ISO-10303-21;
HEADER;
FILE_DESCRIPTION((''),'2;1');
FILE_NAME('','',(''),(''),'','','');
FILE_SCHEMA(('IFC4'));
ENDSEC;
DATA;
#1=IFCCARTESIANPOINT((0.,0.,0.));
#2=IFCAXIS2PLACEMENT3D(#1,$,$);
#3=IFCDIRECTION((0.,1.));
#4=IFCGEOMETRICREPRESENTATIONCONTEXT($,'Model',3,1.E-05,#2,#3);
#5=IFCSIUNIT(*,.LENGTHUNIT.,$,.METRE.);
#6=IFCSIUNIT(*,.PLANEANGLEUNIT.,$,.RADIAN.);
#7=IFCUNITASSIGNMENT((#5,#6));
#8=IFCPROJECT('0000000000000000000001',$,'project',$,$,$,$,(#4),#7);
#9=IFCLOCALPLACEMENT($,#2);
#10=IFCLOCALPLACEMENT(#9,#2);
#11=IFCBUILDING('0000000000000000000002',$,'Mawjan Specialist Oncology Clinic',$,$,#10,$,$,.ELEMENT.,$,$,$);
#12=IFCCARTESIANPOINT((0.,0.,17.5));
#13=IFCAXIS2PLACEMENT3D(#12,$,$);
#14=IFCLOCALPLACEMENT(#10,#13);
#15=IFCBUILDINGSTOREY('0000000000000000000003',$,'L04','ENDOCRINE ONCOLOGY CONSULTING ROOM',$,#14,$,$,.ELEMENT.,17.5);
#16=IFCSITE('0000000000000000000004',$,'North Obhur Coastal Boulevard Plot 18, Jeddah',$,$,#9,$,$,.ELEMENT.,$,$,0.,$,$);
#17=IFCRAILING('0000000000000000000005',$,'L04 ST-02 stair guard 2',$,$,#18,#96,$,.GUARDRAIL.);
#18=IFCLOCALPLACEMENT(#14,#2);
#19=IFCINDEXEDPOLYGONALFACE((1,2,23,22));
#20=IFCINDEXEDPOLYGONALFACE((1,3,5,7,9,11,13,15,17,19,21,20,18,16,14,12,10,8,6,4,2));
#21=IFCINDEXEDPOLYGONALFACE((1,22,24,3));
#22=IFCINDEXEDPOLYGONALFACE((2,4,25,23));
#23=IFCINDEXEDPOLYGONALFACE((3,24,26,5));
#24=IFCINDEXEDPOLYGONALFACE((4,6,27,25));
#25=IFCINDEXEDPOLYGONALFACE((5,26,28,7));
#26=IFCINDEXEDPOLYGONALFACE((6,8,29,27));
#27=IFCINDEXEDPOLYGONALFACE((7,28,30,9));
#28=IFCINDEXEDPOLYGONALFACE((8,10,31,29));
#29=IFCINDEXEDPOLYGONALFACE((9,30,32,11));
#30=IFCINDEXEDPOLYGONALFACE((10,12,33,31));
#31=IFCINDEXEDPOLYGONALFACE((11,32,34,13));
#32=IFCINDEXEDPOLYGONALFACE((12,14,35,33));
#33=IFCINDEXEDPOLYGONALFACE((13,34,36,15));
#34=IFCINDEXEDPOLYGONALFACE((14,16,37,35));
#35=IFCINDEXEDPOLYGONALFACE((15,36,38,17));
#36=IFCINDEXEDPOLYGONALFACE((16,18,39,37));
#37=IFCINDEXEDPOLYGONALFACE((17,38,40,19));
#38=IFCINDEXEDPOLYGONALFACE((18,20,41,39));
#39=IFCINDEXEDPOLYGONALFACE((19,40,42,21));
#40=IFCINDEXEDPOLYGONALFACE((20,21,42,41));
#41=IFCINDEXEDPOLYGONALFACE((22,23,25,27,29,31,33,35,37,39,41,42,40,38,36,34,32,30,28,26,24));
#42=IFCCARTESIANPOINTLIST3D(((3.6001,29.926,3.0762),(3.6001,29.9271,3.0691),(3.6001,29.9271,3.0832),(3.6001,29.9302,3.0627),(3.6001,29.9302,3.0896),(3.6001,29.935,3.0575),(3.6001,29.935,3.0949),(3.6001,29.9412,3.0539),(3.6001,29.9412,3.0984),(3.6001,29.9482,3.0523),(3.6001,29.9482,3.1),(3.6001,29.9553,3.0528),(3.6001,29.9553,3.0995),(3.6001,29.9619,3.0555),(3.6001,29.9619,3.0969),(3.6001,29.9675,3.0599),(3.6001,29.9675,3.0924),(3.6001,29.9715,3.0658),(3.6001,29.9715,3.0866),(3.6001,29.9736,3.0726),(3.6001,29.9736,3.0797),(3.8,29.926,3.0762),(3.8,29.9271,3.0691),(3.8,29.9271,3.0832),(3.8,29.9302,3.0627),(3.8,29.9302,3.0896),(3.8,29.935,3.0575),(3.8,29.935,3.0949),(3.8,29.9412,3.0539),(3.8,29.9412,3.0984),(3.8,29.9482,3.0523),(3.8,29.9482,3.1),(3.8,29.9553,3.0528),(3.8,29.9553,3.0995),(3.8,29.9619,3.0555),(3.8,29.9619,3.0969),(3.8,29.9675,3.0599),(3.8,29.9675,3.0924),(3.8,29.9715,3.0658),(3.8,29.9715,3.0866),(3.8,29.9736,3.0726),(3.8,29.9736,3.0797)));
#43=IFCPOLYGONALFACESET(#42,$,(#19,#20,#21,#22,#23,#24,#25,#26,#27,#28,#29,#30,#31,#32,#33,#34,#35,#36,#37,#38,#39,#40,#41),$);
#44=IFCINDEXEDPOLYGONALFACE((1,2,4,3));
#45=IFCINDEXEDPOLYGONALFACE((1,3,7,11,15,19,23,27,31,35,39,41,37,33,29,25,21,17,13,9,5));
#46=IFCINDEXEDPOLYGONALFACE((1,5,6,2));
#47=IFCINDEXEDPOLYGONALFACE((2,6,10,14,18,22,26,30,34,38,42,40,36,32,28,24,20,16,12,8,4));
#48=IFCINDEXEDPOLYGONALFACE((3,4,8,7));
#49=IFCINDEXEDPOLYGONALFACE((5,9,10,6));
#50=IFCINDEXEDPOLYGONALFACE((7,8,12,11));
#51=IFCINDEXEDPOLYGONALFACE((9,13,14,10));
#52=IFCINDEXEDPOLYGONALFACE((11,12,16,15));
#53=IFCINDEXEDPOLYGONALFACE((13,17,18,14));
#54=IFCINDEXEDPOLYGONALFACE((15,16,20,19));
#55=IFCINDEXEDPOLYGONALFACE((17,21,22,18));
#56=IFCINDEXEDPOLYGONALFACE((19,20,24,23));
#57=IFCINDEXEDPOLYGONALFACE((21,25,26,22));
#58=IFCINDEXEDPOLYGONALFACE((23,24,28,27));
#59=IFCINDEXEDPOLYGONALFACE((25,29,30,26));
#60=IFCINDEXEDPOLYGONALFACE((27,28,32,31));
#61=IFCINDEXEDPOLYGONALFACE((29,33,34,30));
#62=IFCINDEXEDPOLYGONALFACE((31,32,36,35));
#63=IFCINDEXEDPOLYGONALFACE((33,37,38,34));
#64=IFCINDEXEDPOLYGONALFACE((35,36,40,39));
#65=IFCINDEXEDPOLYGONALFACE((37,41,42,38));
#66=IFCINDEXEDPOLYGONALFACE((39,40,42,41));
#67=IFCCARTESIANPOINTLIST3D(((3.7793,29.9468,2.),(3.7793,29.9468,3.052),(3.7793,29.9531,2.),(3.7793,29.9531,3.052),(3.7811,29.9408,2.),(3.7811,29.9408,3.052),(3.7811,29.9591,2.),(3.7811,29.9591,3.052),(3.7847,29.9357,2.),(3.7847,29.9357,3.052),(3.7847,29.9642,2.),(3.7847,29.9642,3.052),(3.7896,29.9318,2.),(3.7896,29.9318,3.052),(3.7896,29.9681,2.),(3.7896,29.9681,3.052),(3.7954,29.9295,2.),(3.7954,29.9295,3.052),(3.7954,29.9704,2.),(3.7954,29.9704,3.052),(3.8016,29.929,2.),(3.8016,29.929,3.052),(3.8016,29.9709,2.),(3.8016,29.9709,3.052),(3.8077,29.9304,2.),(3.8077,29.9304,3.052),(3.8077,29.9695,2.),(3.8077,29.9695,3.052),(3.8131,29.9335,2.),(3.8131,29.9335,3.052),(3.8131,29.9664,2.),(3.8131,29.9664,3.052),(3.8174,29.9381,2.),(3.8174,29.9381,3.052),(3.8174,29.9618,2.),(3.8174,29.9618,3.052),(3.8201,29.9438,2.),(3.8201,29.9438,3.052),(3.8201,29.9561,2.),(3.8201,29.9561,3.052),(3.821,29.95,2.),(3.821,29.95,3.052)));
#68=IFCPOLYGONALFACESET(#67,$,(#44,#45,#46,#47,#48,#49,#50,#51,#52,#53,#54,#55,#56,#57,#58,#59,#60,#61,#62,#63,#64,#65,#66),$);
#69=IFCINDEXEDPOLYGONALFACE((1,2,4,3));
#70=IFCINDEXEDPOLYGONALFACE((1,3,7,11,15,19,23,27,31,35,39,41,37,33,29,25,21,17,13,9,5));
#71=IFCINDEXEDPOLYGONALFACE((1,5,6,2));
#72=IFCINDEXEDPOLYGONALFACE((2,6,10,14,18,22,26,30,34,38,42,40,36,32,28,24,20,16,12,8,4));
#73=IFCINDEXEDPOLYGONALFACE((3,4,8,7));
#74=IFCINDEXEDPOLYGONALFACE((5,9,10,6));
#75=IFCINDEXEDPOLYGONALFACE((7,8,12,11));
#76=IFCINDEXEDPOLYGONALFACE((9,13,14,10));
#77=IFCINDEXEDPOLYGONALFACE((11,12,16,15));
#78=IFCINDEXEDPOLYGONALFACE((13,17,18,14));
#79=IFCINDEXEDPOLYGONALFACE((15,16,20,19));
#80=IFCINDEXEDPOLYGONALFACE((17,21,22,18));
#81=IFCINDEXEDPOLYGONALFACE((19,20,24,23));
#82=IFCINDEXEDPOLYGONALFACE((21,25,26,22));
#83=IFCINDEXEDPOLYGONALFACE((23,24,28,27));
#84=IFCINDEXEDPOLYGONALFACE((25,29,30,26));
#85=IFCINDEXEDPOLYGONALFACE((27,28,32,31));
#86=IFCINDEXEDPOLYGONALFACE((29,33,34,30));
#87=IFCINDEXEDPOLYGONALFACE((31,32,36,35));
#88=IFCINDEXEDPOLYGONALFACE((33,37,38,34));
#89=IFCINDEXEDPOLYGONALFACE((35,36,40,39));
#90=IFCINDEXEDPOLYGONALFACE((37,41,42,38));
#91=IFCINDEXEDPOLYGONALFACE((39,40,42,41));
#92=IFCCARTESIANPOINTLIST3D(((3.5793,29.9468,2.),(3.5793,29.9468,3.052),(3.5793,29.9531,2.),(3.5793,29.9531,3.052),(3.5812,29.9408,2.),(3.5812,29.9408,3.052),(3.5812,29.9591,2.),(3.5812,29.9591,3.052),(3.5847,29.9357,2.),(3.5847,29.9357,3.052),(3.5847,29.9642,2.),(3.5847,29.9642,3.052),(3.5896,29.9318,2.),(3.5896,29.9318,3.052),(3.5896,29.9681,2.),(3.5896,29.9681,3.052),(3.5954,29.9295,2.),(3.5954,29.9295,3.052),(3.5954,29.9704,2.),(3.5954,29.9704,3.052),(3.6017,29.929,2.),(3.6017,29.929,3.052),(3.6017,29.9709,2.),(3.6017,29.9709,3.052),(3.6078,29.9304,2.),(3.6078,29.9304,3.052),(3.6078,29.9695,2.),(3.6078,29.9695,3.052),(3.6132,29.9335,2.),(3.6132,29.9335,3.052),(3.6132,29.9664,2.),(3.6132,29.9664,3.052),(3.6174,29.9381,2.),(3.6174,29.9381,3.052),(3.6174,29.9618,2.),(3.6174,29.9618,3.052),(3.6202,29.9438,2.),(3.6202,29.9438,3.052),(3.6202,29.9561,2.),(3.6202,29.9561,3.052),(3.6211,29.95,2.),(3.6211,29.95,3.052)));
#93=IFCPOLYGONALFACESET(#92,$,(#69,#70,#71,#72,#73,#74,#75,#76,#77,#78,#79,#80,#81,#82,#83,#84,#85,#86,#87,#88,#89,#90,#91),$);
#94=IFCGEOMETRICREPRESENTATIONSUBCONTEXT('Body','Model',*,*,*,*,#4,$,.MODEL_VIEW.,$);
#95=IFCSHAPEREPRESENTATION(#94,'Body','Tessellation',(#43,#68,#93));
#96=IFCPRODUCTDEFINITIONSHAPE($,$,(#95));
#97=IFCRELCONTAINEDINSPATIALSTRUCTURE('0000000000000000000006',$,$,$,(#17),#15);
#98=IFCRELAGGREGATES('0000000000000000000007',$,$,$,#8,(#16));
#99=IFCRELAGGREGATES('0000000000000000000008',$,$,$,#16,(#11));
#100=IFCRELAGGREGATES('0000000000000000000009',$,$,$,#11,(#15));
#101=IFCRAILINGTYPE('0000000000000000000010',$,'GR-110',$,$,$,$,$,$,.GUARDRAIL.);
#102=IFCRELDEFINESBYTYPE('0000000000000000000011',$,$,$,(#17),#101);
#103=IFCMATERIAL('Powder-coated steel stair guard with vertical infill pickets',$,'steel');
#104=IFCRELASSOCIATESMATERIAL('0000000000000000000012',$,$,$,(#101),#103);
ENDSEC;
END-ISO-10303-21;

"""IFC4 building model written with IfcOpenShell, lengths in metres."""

from ifc_helpers import new_model, si_unit, direction, frame, origin, origin_2d, place, context, subcontext, project, spatial, circle, extrude, material, type_object, element, save


model = new_model("IFC4")

# Units and contexts
model_context = context("Model", 3, precision=1e-05, world=origin(), true_north=direction((0.0, 1.0)))
body_context = subcontext(model_context, "Body", "Model", "MODEL_VIEW")
ifc_project = project(units=[si_unit("LENGTHUNIT", "METRE"), si_unit("PLANEANGLEUNIT", "RADIAN")], contexts=[model_context])

# Site, building, storey
site_placement = place(None, origin())
site = spatial("IfcSite", under=ifc_project, at=site_placement, Name="North Obhur Coastal Boulevard Plot 18, Jeddah", CompositionType="ELEMENT", RefElevation=0.0)
building_placement = place(site_placement, origin())
building = spatial("IfcBuilding", under=site, at=building_placement, Name="Mawjan Specialist Oncology Clinic", CompositionType="ELEMENT")
storey_placement = place(building_placement, frame((0.0, 0.0, 17.5)))
storey = spatial("IfcBuildingStorey", under=building, at=storey_placement, Name="L04", Description="ENDOCRINE ONCOLOGY CONSULTING ROOM", CompositionType="ELEMENT", Elevation=17.5)

# Railing
ifc_material_1 = material(Name="Powder-coated steel stair guard with vertical infill pickets", Category="steel")
railing_type_1 = type_object("IfcRailingType", Name="GR-110", PredefinedType="GUARDRAIL", material=ifc_material_1)
railing_1_placement = place(storey_placement, frame((3.8, 29.95, 2.0)))
element("IfcRailing", 1, at=railing_1_placement, inside=storey, type_object=railing_type_1, Name="L04 ST-02 stair guard 2", PredefinedType="GUARDRAIL", context=body_context, shape_type="SweptSolid", body=[
    extrude(circle(Radius=0.0239, at=origin_2d()), frame((0.0, 0.0, 1.0762), z_axis=(-1.0, 0.0, 0.0), x_axis=(0.0, -1.0, 0.0)), (0.0, 0.0, 1.0), 0.2),
    extrude(circle(Radius=0.021, at=origin_2d()), origin(), (0.0, 0.0, 1.0), 1.052),
    extrude(circle(Radius=0.021, at=origin_2d()), frame((-0.2, 0.0, 0.0)), (0.0, 0.0, 1.0), 1.052),
])

save(model, "model.ifc")
